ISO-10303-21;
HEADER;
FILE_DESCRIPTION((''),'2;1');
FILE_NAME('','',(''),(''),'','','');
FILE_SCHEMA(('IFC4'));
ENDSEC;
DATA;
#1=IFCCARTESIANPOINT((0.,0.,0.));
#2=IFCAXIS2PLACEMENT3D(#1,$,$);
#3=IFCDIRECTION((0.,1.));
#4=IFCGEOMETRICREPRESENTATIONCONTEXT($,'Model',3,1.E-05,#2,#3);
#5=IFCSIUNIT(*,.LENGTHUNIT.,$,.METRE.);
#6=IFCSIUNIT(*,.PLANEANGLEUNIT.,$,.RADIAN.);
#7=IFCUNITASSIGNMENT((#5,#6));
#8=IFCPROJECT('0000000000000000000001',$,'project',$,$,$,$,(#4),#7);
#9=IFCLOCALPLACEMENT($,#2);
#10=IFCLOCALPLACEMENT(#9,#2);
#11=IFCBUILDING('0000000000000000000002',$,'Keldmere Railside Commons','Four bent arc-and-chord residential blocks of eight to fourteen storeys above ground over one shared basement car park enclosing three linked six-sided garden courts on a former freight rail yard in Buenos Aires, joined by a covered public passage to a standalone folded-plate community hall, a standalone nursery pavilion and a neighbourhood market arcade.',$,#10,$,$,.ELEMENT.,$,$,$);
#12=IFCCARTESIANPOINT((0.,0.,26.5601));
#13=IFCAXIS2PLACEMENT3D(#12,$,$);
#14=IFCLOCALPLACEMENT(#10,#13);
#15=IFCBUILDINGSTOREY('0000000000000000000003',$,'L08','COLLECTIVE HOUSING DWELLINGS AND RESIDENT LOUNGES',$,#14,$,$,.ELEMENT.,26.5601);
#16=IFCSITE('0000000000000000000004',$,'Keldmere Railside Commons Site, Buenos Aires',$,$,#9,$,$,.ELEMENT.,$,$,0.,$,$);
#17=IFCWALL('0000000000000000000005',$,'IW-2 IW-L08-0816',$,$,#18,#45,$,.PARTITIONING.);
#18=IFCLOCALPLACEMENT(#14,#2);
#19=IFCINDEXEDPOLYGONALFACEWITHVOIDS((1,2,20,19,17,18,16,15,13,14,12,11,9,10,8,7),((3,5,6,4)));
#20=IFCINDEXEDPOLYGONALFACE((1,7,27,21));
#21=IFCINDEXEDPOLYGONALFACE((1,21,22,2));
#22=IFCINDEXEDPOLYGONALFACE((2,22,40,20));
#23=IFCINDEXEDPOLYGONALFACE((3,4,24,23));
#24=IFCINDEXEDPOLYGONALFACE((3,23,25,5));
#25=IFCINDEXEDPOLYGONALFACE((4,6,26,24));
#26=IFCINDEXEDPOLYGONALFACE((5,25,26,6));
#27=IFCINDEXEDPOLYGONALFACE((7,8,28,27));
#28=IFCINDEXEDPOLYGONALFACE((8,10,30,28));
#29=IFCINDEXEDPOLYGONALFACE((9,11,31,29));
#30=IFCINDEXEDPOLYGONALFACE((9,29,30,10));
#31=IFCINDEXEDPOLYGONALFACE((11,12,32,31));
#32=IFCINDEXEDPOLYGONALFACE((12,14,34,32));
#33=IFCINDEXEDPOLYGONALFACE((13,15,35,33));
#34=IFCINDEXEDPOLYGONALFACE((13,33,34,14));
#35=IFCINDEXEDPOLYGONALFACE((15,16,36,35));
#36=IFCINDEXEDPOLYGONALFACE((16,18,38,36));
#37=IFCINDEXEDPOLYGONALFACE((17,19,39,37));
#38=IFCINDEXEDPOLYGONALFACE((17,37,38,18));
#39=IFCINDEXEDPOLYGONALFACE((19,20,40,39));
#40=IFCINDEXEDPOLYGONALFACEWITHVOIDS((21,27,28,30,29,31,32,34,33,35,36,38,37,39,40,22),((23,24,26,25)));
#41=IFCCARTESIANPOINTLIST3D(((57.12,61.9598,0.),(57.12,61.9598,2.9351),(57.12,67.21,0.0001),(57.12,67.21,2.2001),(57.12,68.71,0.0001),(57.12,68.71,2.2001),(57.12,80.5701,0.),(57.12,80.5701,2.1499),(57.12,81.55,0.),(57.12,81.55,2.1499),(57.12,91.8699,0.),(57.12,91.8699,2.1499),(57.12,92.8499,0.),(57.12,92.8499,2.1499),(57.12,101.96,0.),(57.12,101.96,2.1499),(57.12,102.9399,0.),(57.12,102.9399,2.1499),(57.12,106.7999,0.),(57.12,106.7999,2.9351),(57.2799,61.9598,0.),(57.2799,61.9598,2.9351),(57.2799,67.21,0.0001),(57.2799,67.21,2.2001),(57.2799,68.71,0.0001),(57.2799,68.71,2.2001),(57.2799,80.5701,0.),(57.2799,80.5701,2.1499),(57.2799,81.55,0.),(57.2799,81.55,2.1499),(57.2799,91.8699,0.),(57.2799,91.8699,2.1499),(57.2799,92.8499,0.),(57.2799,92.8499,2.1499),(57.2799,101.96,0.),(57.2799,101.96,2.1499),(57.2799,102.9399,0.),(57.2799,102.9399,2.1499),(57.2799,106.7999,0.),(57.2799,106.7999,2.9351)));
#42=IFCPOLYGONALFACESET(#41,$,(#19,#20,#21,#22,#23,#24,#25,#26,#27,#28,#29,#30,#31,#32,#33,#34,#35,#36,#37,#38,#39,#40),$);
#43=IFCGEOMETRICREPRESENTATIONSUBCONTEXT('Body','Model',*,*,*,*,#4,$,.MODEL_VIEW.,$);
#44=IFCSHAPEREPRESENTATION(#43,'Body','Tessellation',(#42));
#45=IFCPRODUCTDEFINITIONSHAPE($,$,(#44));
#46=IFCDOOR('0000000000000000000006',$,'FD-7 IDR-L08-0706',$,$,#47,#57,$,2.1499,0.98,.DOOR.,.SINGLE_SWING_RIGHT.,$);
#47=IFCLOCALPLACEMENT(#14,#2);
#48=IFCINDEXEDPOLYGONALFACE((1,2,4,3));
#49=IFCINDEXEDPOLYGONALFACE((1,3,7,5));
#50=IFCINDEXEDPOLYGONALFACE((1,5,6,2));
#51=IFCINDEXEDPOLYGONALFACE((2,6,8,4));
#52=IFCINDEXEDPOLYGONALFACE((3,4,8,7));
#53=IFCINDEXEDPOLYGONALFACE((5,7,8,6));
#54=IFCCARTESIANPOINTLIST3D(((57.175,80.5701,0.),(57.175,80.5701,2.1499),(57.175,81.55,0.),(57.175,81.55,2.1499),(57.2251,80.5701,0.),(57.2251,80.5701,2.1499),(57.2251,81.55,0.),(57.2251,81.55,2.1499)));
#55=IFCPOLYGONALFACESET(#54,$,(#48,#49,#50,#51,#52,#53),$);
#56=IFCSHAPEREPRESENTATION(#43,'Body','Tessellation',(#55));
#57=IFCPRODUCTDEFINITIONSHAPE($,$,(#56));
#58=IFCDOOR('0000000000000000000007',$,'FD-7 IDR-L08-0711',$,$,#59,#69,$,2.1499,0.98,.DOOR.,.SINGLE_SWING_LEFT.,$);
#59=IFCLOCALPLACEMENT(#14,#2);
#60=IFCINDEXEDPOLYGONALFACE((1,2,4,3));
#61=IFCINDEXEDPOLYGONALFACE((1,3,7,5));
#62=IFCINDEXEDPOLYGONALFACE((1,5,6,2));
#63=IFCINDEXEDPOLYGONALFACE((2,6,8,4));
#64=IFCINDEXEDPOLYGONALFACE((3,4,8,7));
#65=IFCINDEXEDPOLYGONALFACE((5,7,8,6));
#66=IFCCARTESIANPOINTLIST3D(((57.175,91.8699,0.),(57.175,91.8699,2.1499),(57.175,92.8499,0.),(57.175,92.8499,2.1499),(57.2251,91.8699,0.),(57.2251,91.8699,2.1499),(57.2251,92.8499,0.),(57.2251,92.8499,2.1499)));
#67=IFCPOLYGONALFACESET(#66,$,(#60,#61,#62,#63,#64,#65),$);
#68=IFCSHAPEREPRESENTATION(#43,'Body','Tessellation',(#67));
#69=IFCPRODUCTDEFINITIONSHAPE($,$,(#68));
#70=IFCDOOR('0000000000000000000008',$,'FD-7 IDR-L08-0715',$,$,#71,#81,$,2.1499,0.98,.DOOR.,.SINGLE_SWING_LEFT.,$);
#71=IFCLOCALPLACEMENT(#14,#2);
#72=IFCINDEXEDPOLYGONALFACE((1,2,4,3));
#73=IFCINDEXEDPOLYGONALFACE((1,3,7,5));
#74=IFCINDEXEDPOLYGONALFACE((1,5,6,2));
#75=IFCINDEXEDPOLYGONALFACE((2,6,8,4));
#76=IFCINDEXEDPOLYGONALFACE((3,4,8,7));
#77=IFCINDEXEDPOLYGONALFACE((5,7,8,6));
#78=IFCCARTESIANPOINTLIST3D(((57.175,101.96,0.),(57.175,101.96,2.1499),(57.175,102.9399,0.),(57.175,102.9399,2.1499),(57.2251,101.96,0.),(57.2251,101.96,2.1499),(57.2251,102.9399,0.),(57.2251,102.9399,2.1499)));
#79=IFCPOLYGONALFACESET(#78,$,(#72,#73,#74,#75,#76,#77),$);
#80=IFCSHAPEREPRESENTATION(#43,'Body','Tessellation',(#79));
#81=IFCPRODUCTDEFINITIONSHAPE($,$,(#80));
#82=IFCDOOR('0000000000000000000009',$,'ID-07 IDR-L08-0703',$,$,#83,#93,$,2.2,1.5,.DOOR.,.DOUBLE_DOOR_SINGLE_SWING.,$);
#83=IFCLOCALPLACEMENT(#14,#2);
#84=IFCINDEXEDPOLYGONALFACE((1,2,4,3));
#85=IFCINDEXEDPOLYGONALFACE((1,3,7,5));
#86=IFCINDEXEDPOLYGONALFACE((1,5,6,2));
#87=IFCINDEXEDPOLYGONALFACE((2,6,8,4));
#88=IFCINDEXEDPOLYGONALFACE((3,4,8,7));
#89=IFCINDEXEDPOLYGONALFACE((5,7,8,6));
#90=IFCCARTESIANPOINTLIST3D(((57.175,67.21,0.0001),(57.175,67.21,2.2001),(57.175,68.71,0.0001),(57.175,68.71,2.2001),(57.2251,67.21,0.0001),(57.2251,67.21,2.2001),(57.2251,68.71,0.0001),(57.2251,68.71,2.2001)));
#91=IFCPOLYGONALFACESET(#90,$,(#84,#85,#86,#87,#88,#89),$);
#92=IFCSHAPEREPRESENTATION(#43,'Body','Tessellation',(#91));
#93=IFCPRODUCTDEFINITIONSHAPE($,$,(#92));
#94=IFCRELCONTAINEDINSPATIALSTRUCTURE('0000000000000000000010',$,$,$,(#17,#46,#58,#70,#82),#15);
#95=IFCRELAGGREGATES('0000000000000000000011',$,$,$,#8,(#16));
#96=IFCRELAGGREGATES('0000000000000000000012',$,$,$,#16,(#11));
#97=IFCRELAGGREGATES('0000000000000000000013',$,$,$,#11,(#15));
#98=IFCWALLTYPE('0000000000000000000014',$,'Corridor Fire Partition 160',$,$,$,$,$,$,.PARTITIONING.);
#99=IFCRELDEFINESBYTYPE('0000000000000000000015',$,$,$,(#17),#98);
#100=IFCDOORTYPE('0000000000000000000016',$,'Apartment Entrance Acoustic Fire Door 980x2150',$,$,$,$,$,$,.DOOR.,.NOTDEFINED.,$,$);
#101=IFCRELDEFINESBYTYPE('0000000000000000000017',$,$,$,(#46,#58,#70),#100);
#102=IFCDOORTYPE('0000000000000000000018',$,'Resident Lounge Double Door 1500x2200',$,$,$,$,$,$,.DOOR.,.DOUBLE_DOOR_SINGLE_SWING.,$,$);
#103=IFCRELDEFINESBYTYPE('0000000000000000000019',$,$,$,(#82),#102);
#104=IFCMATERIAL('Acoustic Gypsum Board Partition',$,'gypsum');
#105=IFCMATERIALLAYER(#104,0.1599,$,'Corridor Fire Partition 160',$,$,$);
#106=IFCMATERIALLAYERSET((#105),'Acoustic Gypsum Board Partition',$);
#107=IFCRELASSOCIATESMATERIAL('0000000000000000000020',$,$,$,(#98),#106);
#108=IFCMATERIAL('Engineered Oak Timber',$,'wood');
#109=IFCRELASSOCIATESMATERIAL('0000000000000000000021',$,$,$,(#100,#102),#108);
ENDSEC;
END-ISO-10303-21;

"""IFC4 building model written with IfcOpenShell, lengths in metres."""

from ifc_helpers import new_model, si_unit, direction, frame, frame_2d, origin, place, context, subcontext, project, spatial, rectangle, extrude, material, layer, layer_set, type_object, element, fill, save


model = new_model("IFC4")

# Units and contexts
model_context = context("Model", 3, precision=1e-05, world=origin(), true_north=direction((0.0, 1.0)))
body_context = subcontext(model_context, "Body", "Model", "MODEL_VIEW")
ifc_project = project(units=[si_unit("LENGTHUNIT", "METRE"), si_unit("PLANEANGLEUNIT", "RADIAN")], contexts=[model_context])

# Site, building, storey
site_placement = place(None, origin())
site = spatial("IfcSite", under=ifc_project, at=site_placement, Name="Keldmere Railside Commons Site, Buenos Aires", CompositionType="ELEMENT", RefElevation=0.0)
building_placement = place(site_placement, origin())
building = spatial("IfcBuilding", under=site, at=building_placement, Name="Keldmere Railside Commons", Description="Four bent arc-and-chord residential blocks of eight to fourteen storeys above ground over one shared basement car park enclosing three linked six-sided garden courts on a former freight rail yard in Buenos Aires, joined by a covered public passage to a standalone folded-plate community hall, a standalone nursery pavilion and a neighbourhood market arcade.", CompositionType="ELEMENT")
storey_placement = place(building_placement, frame((0.0, 0.0, 26.5601)))
storey = spatial("IfcBuildingStorey", under=building, at=storey_placement, Name="L08", Description="COLLECTIVE HOUSING DWELLINGS AND RESIDENT LOUNGES", CompositionType="ELEMENT", Elevation=26.5601)

# Wall, openings, doors
ifc_material_1 = material(Name="Acoustic Gypsum Board Partition", Category="gypsum")
ifc_layer_1 = layer(ifc_material_1, 0.1599, Name="Corridor Fire Partition 160")
ifc_layer_set_1 = layer_set([ifc_layer_1], Name="Acoustic Gypsum Board Partition")
wall_type_1 = type_object("IfcWallType", Name="Corridor Fire Partition 160", PredefinedType="PARTITIONING", material=ifc_layer_set_1)
ifc_material_2 = material(Name="Engineered Oak Timber", Category="wood")
door_type_1 = type_object("IfcDoorType", Name="Apartment Entrance Acoustic Fire Door 980x2150", OperationType="NOTDEFINED", PredefinedType="DOOR", material=ifc_material_2)
wall_1_placement = place(storey_placement, frame((57.2, 61.96, 0.0), z_axis=(0.0, 0.0, 1.0), x_axis=(0.0, 1.0, 0.0)))
wall_1 = element("IfcWall", 1, at=wall_1_placement, inside=storey, type_object=wall_type_1, Name="IW-2 IW-L08-0816", PredefinedType="PARTITIONING", context=body_context, shape_type="SweptSolid", body=[
    extrude(rectangle(XDim=44.8401, YDim=0.1599, at=frame_2d((22.4199, 0.0))), origin(), (0.0, 0.0, 1.0), 2.9351),
])
opening_1_placement = place(wall_1_placement, frame((5.25, 0.0, 0.0)))
opening_1 = element("IfcOpeningElement", 2, at=opening_1_placement, cuts=wall_1, PredefinedType="OPENING", context=body_context, shape_type="SweptSolid", body=[
    extrude(rectangle(XDim=1.5, YDim=2.2, at=frame_2d((0.75, 1.1001))), frame((0.0, 0.0898, 0.0), z_axis=(0.0, -1.0, 0.0), x_axis=(1.0, 0.0, 0.0)), (0.0, 0.0, 1.0), 0.1799),
])
opening_2_placement = place(wall_1_placement, frame((18.6101, 0.0, 0.0)))
opening_2 = element("IfcOpeningElement", 3, at=opening_2_placement, cuts=wall_1, PredefinedType="OPENING", context=body_context, shape_type="SweptSolid", body=[
    extrude(rectangle(XDim=0.98, YDim=2.1499, at=frame_2d((0.49, 1.075))), frame((0.0, 0.0898, 0.0), z_axis=(0.0, -1.0, 0.0), x_axis=(1.0, 0.0, 0.0)), (0.0, 0.0, 1.0), 0.1799),
])
opening_3_placement = place(wall_1_placement, frame((29.9099, 0.0, 0.0)))
opening_3 = element("IfcOpeningElement", 4, at=opening_3_placement, cuts=wall_1, PredefinedType="OPENING", context=body_context, shape_type="SweptSolid", body=[
    extrude(rectangle(XDim=0.98, YDim=2.1499, at=frame_2d((0.49, 1.075))), frame((0.0, 0.0898, 0.0), z_axis=(0.0, -1.0, 0.0), x_axis=(1.0, 0.0, 0.0)), (0.0, 0.0, 1.0), 0.1799),
])
opening_4_placement = place(wall_1_placement, frame((40.0, 0.0, 0.0)))
opening_4 = element("IfcOpeningElement", 5, at=opening_4_placement, cuts=wall_1, PredefinedType="OPENING", context=body_context, shape_type="SweptSolid", body=[
    extrude(rectangle(XDim=0.98, YDim=2.1499, at=frame_2d((0.49, 1.075))), frame((0.0, 0.0898, 0.0), z_axis=(0.0, -1.0, 0.0), x_axis=(1.0, 0.0, 0.0)), (0.0, 0.0, 1.0), 0.1799),
])
door_1_placement = place(opening_2_placement, origin())
door_1 = element("IfcDoor", 6, at=door_1_placement, inside=storey, type_object=door_type_1, Name="FD-7 IDR-L08-0706", OperationType="SINGLE_SWING_RIGHT", OverallHeight=2.1499, OverallWidth=0.98, PredefinedType="DOOR", context=body_context, shape_type="SweptSolid", body=[
    extrude(rectangle(XDim=0.98, YDim=2.1499, at=frame_2d((0.49, 1.075))), frame((0.0, 0.0249, 0.0), z_axis=(0.0, -1.0, 0.0), x_axis=(1.0, 0.0, 0.0)), (0.0, 0.0, 1.0), 0.05),
])
fill(opening_2, door_1)
door_2_placement = place(opening_3_placement, origin())
door_2 = element("IfcDoor", 7, at=door_2_placement, inside=storey, type_object=door_type_1, Name="FD-7 IDR-L08-0711", OperationType="SINGLE_SWING_LEFT", OverallHeight=2.1499, OverallWidth=0.98, PredefinedType="DOOR", context=body_context, shape_type="SweptSolid", body=[
    extrude(rectangle(XDim=0.98, YDim=2.1499, at=frame_2d((0.49, 1.075))), frame((0.0, 0.0249, 0.0), z_axis=(0.0, -1.0, 0.0), x_axis=(1.0, 0.0, 0.0)), (0.0, 0.0, 1.0), 0.05),
])
fill(opening_3, door_2)
door_3_placement = place(opening_4_placement, origin())
door_3 = element("IfcDoor", 8, at=door_3_placement, inside=storey, type_object=door_type_1, Name="FD-7 IDR-L08-0715", OperationType="SINGLE_SWING_LEFT", OverallHeight=2.1499, OverallWidth=0.98, PredefinedType="DOOR", context=body_context, shape_type="SweptSolid", body=[
    extrude(rectangle(XDim=0.98, YDim=2.1499, at=frame_2d((0.49, 1.075))), frame((0.0, 0.0249, 0.0), z_axis=(0.0, -1.0, 0.0), x_axis=(1.0, 0.0, 0.0)), (0.0, 0.0, 1.0), 0.05),
])
fill(opening_4, door_3)
door_type_2 = type_object("IfcDoorType", Name="Resident Lounge Double Door 1500x2200", OperationType="DOUBLE_DOOR_SINGLE_SWING", PredefinedType="DOOR", material=ifc_material_2)
door_4_placement = place(opening_1_placement, origin())
door_4 = element("IfcDoor", 9, at=door_4_placement, inside=storey, type_object=door_type_2, Name="ID-07 IDR-L08-0703", OperationType="DOUBLE_DOOR_SINGLE_SWING", OverallHeight=2.2, OverallWidth=1.5, PredefinedType="DOOR", context=body_context, shape_type="SweptSolid", body=[
    extrude(rectangle(XDim=1.5, YDim=2.2, at=frame_2d((0.75, 1.1001))), frame((0.0, 0.0249, 0.0), z_axis=(0.0, -1.0, 0.0), x_axis=(1.0, 0.0, 0.0)), (0.0, 0.0, 1.0), 0.05),
])
fill(opening_1, door_4)

save(model, "model.ifc")
